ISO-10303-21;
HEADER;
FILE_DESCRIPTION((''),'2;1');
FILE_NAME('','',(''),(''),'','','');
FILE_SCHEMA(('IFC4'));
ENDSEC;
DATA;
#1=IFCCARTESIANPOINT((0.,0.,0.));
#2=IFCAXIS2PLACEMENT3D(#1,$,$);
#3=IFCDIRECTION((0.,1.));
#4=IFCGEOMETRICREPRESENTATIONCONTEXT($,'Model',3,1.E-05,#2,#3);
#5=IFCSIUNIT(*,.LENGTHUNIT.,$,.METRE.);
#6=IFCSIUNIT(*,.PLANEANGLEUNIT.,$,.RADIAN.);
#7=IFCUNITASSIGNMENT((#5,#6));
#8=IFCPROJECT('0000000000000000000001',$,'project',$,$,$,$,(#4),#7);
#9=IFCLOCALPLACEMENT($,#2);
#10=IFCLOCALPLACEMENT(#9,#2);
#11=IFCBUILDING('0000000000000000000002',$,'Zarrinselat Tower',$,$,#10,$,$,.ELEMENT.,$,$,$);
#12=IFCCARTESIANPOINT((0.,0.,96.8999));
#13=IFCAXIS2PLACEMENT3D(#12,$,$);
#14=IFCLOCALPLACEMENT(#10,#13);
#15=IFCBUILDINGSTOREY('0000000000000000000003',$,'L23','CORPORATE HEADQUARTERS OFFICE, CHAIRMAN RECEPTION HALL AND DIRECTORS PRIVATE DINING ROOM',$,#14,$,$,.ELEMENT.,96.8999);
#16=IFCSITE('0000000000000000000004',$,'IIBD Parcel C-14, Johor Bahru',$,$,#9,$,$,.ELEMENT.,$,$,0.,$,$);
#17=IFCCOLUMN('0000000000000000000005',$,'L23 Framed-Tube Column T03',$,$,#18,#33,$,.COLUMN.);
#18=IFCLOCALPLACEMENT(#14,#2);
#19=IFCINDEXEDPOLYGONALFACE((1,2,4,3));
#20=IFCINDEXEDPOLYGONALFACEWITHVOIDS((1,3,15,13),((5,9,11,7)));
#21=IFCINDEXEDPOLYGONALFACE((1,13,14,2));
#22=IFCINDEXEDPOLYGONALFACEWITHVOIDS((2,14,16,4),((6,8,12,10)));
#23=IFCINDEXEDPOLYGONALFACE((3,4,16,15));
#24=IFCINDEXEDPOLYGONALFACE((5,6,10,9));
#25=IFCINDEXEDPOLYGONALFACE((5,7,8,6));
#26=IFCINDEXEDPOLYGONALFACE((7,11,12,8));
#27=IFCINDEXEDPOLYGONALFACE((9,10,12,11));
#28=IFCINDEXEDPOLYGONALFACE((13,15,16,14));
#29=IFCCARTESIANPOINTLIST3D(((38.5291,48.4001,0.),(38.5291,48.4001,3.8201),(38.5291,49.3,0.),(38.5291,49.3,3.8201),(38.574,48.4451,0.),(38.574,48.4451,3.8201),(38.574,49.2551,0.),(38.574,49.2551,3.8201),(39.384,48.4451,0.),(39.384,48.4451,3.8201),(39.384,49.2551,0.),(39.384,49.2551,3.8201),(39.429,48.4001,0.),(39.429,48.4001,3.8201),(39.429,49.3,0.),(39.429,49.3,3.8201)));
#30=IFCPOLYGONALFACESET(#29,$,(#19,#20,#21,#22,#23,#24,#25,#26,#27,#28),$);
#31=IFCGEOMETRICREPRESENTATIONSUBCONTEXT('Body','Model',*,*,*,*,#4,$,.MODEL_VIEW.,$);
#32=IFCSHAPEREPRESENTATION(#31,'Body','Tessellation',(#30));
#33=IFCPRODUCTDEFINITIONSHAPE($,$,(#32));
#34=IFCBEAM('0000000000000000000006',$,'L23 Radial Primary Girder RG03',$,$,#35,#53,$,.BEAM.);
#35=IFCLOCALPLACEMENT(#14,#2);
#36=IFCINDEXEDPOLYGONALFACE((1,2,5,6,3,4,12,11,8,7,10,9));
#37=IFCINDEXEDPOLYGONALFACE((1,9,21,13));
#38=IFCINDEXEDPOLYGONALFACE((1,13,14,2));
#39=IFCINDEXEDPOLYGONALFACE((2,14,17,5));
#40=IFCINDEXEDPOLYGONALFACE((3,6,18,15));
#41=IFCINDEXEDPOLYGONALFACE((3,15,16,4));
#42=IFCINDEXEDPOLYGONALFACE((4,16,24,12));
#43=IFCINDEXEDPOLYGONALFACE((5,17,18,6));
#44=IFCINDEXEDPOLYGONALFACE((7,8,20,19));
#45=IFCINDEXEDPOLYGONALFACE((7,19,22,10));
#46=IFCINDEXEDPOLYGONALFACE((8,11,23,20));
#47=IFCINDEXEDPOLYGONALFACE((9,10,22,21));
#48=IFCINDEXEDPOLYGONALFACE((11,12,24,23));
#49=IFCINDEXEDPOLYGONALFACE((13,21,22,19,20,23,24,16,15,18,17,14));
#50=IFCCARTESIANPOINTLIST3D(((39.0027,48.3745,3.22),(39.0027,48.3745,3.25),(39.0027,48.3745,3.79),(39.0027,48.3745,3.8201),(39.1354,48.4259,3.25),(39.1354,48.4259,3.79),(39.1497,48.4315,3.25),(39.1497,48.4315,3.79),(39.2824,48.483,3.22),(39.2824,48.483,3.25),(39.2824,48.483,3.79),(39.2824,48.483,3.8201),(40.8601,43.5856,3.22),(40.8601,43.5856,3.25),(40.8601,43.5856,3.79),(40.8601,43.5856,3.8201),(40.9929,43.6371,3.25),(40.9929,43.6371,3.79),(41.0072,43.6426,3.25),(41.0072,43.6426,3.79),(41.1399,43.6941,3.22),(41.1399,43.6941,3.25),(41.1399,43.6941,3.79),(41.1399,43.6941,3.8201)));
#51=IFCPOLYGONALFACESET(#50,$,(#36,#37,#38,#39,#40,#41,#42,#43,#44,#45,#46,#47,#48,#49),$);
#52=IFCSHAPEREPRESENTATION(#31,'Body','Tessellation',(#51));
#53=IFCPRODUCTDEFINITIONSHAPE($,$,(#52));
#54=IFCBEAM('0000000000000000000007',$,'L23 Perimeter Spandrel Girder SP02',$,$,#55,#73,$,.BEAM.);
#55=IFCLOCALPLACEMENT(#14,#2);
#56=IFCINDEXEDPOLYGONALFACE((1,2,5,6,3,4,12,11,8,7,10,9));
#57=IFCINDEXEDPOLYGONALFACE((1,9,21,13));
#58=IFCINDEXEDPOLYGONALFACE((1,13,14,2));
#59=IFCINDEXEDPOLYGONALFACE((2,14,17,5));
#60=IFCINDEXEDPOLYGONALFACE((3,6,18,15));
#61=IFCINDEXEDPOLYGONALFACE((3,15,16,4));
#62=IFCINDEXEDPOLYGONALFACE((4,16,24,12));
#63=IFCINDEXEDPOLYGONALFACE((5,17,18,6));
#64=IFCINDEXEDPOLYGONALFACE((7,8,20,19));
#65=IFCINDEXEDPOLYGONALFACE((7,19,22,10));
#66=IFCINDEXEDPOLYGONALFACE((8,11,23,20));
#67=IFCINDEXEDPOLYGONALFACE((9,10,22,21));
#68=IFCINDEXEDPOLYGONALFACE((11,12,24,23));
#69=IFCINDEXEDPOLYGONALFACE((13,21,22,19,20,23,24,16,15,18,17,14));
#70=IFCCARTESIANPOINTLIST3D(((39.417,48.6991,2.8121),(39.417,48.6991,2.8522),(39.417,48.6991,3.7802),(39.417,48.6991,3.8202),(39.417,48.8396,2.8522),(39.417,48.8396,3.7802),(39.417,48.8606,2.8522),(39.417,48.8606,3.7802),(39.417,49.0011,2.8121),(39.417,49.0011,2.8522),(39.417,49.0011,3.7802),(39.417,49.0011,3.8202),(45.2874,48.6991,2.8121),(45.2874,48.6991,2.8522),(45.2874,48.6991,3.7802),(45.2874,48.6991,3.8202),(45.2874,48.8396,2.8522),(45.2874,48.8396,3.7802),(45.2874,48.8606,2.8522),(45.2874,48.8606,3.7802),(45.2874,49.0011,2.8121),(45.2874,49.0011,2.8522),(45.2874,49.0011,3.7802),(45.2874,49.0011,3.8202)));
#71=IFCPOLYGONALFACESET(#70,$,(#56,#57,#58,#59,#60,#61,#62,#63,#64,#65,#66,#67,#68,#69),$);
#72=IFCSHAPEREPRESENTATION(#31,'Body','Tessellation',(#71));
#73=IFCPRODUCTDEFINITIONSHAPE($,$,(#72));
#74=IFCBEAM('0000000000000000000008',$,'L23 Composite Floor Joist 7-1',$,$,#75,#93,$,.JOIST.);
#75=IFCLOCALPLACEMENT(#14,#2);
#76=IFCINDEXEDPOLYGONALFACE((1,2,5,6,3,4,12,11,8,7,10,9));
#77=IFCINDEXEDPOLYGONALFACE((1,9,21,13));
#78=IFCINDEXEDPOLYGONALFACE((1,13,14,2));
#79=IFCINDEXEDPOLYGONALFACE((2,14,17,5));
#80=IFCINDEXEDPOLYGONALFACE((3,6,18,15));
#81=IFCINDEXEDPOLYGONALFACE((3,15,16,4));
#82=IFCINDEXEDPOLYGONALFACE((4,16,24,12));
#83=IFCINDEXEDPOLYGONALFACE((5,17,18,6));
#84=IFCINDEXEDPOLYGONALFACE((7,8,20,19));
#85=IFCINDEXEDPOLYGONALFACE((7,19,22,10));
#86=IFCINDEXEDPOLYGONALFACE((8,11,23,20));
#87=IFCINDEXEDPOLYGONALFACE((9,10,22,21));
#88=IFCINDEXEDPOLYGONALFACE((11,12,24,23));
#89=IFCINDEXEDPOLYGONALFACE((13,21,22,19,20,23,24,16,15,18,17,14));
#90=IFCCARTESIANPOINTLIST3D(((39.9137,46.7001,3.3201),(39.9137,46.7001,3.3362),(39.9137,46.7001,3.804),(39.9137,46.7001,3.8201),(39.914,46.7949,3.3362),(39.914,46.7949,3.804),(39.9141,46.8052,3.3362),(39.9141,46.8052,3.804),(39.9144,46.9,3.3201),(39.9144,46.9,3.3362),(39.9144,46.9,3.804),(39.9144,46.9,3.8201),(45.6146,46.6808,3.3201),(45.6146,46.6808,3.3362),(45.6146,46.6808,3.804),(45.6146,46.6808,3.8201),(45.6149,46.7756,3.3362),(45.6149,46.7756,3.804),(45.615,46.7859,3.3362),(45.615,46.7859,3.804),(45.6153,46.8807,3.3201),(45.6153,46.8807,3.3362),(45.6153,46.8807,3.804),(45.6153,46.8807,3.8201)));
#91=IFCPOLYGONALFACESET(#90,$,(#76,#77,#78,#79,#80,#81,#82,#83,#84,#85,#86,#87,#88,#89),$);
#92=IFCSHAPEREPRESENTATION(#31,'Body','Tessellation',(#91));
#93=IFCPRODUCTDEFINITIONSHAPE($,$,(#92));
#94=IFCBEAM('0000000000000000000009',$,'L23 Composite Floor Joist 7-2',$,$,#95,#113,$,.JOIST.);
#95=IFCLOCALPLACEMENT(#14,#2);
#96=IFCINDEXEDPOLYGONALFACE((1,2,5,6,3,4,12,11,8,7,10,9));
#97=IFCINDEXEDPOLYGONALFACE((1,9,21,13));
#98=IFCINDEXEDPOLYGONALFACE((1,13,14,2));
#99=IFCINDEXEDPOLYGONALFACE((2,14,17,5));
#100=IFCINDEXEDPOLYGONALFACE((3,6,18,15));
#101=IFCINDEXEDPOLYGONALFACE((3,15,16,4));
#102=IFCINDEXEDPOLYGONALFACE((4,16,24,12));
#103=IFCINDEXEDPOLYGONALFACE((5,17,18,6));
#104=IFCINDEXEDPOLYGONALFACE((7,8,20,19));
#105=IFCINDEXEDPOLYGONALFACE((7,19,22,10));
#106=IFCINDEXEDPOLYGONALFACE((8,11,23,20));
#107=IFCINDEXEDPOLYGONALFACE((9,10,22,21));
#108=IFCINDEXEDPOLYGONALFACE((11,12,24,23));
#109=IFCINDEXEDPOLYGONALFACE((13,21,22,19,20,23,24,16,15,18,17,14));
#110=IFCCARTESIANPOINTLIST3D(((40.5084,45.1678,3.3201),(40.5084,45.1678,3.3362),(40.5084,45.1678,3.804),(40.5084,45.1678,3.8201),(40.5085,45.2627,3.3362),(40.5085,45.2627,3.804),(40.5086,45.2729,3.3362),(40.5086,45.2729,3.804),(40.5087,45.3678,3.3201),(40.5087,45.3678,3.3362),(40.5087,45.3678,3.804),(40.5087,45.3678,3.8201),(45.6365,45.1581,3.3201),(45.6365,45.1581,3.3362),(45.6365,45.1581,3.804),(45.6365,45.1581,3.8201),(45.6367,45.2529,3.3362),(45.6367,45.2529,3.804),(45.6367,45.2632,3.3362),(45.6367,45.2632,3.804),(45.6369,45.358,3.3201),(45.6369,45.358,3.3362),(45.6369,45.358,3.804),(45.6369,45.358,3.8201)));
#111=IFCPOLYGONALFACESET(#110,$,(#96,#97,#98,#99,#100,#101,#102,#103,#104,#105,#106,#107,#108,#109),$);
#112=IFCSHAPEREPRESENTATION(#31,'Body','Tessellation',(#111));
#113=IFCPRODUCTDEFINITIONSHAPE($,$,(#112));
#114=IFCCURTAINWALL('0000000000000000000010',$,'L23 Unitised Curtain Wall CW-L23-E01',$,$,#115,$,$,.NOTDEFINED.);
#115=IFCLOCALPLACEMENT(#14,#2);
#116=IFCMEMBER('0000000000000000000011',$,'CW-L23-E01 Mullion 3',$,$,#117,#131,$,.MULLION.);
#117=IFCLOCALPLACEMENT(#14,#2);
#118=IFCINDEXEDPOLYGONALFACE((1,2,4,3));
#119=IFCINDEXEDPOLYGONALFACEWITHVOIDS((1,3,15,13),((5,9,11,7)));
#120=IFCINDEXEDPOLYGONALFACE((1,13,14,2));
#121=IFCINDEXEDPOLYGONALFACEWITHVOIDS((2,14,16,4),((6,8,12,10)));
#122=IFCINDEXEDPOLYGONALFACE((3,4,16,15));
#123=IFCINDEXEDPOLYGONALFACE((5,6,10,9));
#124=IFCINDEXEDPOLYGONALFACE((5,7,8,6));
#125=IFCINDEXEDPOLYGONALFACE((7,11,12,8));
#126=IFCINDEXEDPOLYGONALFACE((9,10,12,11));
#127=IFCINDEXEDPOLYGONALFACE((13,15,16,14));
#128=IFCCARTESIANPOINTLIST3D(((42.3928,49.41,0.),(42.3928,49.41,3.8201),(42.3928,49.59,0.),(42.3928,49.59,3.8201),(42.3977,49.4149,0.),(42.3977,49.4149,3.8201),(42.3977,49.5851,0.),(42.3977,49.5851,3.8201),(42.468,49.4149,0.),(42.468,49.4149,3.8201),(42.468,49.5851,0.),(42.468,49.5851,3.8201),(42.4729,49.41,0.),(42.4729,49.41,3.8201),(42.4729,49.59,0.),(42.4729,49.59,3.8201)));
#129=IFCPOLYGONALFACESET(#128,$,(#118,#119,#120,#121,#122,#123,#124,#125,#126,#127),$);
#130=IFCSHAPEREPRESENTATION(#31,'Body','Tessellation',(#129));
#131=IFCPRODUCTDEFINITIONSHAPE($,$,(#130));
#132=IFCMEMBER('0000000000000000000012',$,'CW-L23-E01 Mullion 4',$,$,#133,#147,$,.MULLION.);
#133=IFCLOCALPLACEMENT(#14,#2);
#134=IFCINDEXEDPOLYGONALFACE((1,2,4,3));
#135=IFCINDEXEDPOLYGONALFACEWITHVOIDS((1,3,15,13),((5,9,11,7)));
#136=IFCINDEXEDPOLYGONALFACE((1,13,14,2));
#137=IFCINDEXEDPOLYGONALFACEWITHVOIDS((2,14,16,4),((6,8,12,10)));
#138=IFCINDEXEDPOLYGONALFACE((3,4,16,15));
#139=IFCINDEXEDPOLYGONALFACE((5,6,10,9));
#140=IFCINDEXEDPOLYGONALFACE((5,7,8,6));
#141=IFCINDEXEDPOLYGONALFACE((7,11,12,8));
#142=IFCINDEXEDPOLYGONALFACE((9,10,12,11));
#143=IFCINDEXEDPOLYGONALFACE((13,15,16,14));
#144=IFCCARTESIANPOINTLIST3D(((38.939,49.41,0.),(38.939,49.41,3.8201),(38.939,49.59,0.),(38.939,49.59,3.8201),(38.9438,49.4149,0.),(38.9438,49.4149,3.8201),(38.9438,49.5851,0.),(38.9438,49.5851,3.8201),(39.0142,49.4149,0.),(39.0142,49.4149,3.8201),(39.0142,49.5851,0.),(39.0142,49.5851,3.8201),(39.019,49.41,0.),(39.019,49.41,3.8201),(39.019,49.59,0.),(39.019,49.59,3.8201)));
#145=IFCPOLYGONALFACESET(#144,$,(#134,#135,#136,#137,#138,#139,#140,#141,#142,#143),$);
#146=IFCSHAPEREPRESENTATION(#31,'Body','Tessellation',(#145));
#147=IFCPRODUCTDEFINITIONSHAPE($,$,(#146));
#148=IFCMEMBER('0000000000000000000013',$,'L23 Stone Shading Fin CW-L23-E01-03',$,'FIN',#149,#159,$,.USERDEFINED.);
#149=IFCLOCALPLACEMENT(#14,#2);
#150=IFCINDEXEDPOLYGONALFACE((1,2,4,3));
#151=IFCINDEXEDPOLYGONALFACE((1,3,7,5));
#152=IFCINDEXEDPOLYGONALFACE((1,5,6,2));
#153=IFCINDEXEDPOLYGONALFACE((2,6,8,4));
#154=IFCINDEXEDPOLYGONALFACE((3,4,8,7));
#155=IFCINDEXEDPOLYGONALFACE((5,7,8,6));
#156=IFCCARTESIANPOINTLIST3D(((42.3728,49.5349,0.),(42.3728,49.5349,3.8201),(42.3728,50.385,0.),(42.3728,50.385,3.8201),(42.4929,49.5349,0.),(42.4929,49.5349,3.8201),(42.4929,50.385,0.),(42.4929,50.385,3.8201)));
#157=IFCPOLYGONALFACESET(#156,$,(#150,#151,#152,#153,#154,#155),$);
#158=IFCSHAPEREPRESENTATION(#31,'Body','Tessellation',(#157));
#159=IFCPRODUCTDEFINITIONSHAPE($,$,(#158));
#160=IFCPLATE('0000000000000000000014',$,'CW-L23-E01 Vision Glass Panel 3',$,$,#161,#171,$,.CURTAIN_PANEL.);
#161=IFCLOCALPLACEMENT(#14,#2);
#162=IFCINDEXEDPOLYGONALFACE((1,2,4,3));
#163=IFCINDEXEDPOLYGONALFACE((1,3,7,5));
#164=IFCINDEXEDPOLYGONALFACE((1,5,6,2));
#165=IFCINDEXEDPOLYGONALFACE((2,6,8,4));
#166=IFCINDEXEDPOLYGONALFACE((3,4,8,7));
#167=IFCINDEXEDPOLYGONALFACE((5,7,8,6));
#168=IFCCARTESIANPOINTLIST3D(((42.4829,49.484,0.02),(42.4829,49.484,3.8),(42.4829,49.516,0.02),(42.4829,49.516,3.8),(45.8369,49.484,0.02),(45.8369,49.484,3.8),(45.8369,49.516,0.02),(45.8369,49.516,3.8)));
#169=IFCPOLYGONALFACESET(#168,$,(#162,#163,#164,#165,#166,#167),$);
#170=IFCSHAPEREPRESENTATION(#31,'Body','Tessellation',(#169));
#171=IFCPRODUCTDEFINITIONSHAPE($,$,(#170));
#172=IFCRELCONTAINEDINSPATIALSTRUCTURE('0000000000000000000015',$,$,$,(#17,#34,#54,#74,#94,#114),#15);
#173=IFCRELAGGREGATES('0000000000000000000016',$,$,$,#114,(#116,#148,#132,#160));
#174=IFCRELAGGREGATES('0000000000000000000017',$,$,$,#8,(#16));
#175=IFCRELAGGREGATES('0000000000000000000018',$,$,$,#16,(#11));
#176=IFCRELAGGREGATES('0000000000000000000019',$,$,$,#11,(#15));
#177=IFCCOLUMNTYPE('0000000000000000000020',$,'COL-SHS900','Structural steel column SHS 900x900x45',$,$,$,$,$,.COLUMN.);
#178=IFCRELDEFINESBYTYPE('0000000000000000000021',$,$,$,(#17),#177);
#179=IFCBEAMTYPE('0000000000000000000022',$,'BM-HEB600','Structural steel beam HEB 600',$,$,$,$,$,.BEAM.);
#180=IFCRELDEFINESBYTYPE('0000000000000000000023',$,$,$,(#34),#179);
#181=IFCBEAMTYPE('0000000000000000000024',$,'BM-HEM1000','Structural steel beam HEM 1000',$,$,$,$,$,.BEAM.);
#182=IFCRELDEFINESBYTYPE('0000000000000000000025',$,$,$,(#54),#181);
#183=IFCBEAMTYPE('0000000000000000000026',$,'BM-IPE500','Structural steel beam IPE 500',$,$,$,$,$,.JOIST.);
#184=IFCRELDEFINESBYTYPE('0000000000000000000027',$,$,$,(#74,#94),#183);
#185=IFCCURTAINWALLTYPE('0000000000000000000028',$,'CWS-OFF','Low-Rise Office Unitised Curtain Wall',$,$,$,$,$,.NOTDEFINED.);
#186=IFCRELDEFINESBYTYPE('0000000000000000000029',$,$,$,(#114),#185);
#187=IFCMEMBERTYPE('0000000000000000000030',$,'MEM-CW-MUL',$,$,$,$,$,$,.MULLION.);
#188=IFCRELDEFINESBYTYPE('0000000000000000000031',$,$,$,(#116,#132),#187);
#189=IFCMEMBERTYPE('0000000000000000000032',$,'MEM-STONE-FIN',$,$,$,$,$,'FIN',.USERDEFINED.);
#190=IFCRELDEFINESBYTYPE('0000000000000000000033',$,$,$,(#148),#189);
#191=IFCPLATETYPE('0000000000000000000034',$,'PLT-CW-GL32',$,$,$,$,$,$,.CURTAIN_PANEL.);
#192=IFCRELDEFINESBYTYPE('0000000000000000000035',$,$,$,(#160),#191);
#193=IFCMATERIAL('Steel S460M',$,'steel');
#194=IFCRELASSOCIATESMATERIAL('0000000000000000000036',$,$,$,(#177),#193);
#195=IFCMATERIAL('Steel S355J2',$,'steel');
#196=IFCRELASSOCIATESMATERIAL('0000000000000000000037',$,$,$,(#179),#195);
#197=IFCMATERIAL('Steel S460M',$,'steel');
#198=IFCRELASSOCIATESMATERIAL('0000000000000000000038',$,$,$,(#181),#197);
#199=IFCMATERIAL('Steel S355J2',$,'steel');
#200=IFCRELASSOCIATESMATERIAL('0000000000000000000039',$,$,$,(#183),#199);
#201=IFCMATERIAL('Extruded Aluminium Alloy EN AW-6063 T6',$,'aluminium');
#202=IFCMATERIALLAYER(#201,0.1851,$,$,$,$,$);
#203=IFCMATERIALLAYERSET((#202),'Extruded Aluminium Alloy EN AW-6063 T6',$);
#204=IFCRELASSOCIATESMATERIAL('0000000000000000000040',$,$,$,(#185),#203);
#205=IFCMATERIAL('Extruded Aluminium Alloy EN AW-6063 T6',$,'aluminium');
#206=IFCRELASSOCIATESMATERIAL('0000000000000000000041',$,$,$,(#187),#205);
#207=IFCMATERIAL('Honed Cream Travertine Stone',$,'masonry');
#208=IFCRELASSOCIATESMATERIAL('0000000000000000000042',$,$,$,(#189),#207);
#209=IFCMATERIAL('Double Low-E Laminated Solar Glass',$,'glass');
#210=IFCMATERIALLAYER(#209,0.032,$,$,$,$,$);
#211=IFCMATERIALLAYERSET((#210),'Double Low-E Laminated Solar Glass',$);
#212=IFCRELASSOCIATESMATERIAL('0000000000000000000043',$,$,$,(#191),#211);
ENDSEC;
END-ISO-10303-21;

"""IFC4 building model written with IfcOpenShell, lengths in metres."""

from ifc_helpers import new_model, si_unit, direction, frame, origin, origin_2d, place, context, subcontext, project, spatial, rectangle, hollow_rectangle, i_section, extrude, material, layer, layer_set, material_profile, profile_set, type_object, element, aggregate, save


model = new_model("IFC4")

# Units and contexts
model_context = context("Model", 3, precision=1e-05, world=origin(), true_north=direction((0.0, 1.0)))
body_context = subcontext(model_context, "Body", "Model", "MODEL_VIEW")
ifc_project = project(units=[si_unit("LENGTHUNIT", "METRE"), si_unit("PLANEANGLEUNIT", "RADIAN")], contexts=[model_context])

# Site, building, storey
site_placement = place(None, origin())
site = spatial("IfcSite", under=ifc_project, at=site_placement, Name="IIBD Parcel C-14, Johor Bahru", CompositionType="ELEMENT", RefElevation=0.0)
building_placement = place(site_placement, origin())
building = spatial("IfcBuilding", under=site, at=building_placement, Name="Zarrinselat Tower", CompositionType="ELEMENT")
storey_placement = place(building_placement, frame((0.0, 0.0, 96.8999)))
storey = spatial("IfcBuildingStorey", under=building, at=storey_placement, Name="L23", Description="CORPORATE HEADQUARTERS OFFICE, CHAIRMAN RECEPTION HALL AND DIRECTORS PRIVATE DINING ROOM", CompositionType="ELEMENT", Elevation=96.8999)

# Column
ifc_material_1 = material(Name="Steel S460M", Category="steel")
ifc_material_profile_1 = material_profile(ifc_material_1, hollow_rectangle(XDim=0.8999, YDim=0.8999, WallThickness=0.0449, at=origin_2d()), Name="SHS 900x900x45")
ifc_profile_set_1 = profile_set([ifc_material_profile_1], Name="Steel S460M")
column_type = type_object("IfcColumnType", Name="COL-SHS900", Description="Structural steel column SHS 900x900x45", PredefinedType="COLUMN", material=ifc_profile_set_1)
column_placement = place(storey_placement, frame((38.979, 48.8501, 0.0), z_axis=(0.0, 0.0, 1.0), x_axis=(1.0, 0.0, 0.0)))
element("IfcColumn", 1, at=column_placement, inside=storey, type_object=column_type, Name="L23 Framed-Tube Column T03", PredefinedType="COLUMN", context=body_context, shape_type="SweptSolid", body=[
    extrude(hollow_rectangle(XDim=0.8999, YDim=0.8999, WallThickness=0.0449, at=origin_2d()), origin(), (0.0, 0.0, 1.0), 3.8201),
])

# Beams
ifc_material_2 = material(Name="Steel S355J2", Category="steel")
ifc_material_profile_2 = material_profile(ifc_material_2, i_section(OverallWidth=0.3, OverallDepth=0.6001, WebThickness=0.0154, FlangeThickness=0.03, at=origin_2d()), Name="HEB 600")
ifc_profile_set_2 = profile_set([ifc_material_profile_2], Name="Steel S355J2")
beam_type_1 = type_object("IfcBeamType", Name="BM-HEB600", Description="Structural steel beam HEB 600", PredefinedType="BEAM", material=ifc_profile_set_2)
beam_1_placement = place(storey_placement, frame((39.1426, 48.4287, 3.52), z_axis=(0.361618, -0.932326, 0.0), x_axis=(0.932326, 0.361618, 0.0)))
element("IfcBeam", 2, at=beam_1_placement, inside=storey, type_object=beam_type_1, Name="L23 Radial Primary Girder RG03", PredefinedType="BEAM", context=body_context, shape_type="SweptSolid", body=[
    extrude(i_section(OverallWidth=0.3, OverallDepth=0.6001, WebThickness=0.0154, FlangeThickness=0.03, at=origin_2d()), origin(), (0.0, 0.0, 1.0), 5.1365),
])
ifc_material_3 = material(Name="Steel S460M", Category="steel")
ifc_material_profile_3 = material_profile(ifc_material_3, i_section(OverallWidth=0.302, OverallDepth=1.0081, WebThickness=0.021, FlangeThickness=0.04, at=origin_2d()), Name="HEM 1000")
ifc_profile_set_3 = profile_set([ifc_material_profile_3], Name="Steel S460M")
beam_type_2 = type_object("IfcBeamType", Name="BM-HEM1000", Description="Structural steel beam HEM 1000", PredefinedType="BEAM", material=ifc_profile_set_3)
beam_2_placement = place(storey_placement, frame((39.417, 48.8501, 3.3162), z_axis=(1.0, 0.0, 0.0), x_axis=(0.0, 1.0, 0.0)))
element("IfcBeam", 3, at=beam_2_placement, inside=storey, type_object=beam_type_2, Name="L23 Perimeter Spandrel Girder SP02", PredefinedType="BEAM", context=body_context, shape_type="SweptSolid", body=[
    extrude(i_section(OverallWidth=0.302, OverallDepth=1.0081, WebThickness=0.021, FlangeThickness=0.04, at=origin_2d()), origin(), (0.0, 0.0, 1.0), 5.8704),
])
ifc_material_4 = material(Name="Steel S355J2", Category="steel")
ifc_material_profile_4 = material_profile(ifc_material_4, i_section(OverallWidth=0.2, OverallDepth=0.5, WebThickness=0.0103, FlangeThickness=0.0161, at=origin_2d()), Name="IPE 500")
ifc_profile_set_4 = profile_set([ifc_material_profile_4], Name="Steel S355J2")
beam_type_3 = type_object("IfcBeamType", Name="BM-IPE500", Description="Structural steel beam IPE 500", PredefinedType="JOIST", material=ifc_profile_set_4)
beam_3_placement = place(storey_placement, frame((39.9141, 46.8, 3.5701), z_axis=(0.999994, -0.003383, 0.0), x_axis=(0.003383, 0.999994, 0.0)))
element("IfcBeam", 4, at=beam_3_placement, inside=storey, type_object=beam_type_3, Name="L23 Composite Floor Joist 7-1", PredefinedType="JOIST", context=body_context, shape_type="SweptSolid", body=[
    extrude(i_section(OverallWidth=0.2, OverallDepth=0.5, WebThickness=0.0103, FlangeThickness=0.0161, at=origin_2d()), origin(), (0.0, 0.0, 1.0), 5.7009),
])
beam_4_placement = place(storey_placement, frame((40.5085, 45.2678, 3.5701), z_axis=(0.999998, -0.001904, 0.0), x_axis=(0.001904, 0.999998, 0.0)))
element("IfcBeam", 5, at=beam_4_placement, inside=storey, type_object=beam_type_3, Name="L23 Composite Floor Joist 7-2", PredefinedType="JOIST", context=body_context, shape_type="SweptSolid", body=[
    extrude(i_section(OverallWidth=0.2, OverallDepth=0.5, WebThickness=0.0103, FlangeThickness=0.0161, at=origin_2d()), origin(), (0.0, 0.0, 1.0), 5.1282),
])

# Curtain wall, members, plate
ifc_material_5 = material(Name="Extruded Aluminium Alloy EN AW-6063 T6", Category="aluminium")
ifc_layer_1 = layer(ifc_material_5, 0.1851)
ifc_layer_set_1 = layer_set([ifc_layer_1], Name="Extruded Aluminium Alloy EN AW-6063 T6")
curtain_wall_type = type_object("IfcCurtainWallType", Name="CWS-OFF", Description="Low-Rise Office Unitised Curtain Wall", PredefinedType="NOTDEFINED", material=ifc_layer_set_1)
curtain_wall_placement = place(storey_placement, origin())
curtain_wall = element("IfcCurtainWall", 6, at=curtain_wall_placement, inside=storey, type_object=curtain_wall_type, Name="L23 Unitised Curtain Wall CW-L23-E01", PredefinedType="NOTDEFINED")
ifc_material_6 = material(Name="Extruded Aluminium Alloy EN AW-6063 T6", Category="aluminium")
ifc_material_profile_5 = material_profile(ifc_material_6, hollow_rectangle(XDim=0.0801, YDim=0.1799, WallThickness=0.0049, at=origin_2d()), Name="RHS 180x80x5")
ifc_profile_set_5 = profile_set([ifc_material_profile_5], Name="Extruded Aluminium Alloy EN AW-6063 T6")
member_type_1 = type_object("IfcMemberType", Name="MEM-CW-MUL", PredefinedType="MULLION", material=ifc_profile_set_5)
member_1_placement = place(storey_placement, frame((42.4329, 49.5, 0.0), z_axis=(0.0, 0.0, 1.0), x_axis=(-1.0, 0.0, 0.0)))
member_1 = element("IfcMember", 7, at=member_1_placement, type_object=member_type_1, Name="CW-L23-E01 Mullion 3", PredefinedType="MULLION", context=body_context, shape_type="SweptSolid", body=[
    extrude(hollow_rectangle(XDim=0.0801, YDim=0.1799, WallThickness=0.0049, at=origin_2d()), origin(), (0.0, 0.0, 1.0), 3.8201),
])
member_2_placement = place(storey_placement, frame((38.979, 49.5, 0.0), z_axis=(0.0, 0.0, 1.0), x_axis=(-1.0, 0.0, 0.0)))
member_2 = element("IfcMember", 8, at=member_2_placement, type_object=member_type_1, Name="CW-L23-E01 Mullion 4", PredefinedType="MULLION", context=body_context, shape_type="SweptSolid", body=[
    extrude(hollow_rectangle(XDim=0.0801, YDim=0.1799, WallThickness=0.0049, at=origin_2d()), origin(), (0.0, 0.0, 1.0), 3.8201),
])
ifc_material_7 = material(Name="Honed Cream Travertine Stone", Category="masonry")
ifc_material_profile_6 = material_profile(ifc_material_7, rectangle(XDim=0.1201, YDim=0.8501, at=origin_2d()), Name="FIN 850x120")
ifc_profile_set_6 = profile_set([ifc_material_profile_6], Name="Honed Cream Travertine Stone")
member_type_2 = type_object("IfcMemberType", Name="MEM-STONE-FIN", ElementType="FIN", PredefinedType="USERDEFINED", material=ifc_profile_set_6)
member_3_placement = place(storey_placement, frame((42.4329, 49.96, 0.0), z_axis=(0.0, 0.0, 1.0), x_axis=(1.0, 0.0, 0.0)))
member_3 = element("IfcMember", 9, at=member_3_placement, type_object=member_type_2, Name="L23 Stone Shading Fin CW-L23-E01-03", ObjectType="FIN", PredefinedType="USERDEFINED", context=body_context, shape_type="SweptSolid", body=[
    extrude(rectangle(XDim=0.1201, YDim=0.8501, at=origin_2d()), origin(), (0.0, 0.0, 1.0), 3.8201),
])
ifc_material_8 = material(Name="Double Low-E Laminated Solar Glass", Category="glass")
ifc_layer_2 = layer(ifc_material_8, 0.032)
ifc_layer_set_2 = layer_set([ifc_layer_2], Name="Double Low-E Laminated Solar Glass")
plate_type = type_object("IfcPlateType", Name="PLT-CW-GL32", PredefinedType="CURTAIN_PANEL", material=ifc_layer_set_2)
plate_1_placement = place(storey_placement, frame((44.1599, 49.5, 0.02), z_axis=(0.0, 0.0, 1.0), x_axis=(-1.0, 0.0, 0.0)))
plate_1 = element("IfcPlate", 10, at=plate_1_placement, type_object=plate_type, Name="CW-L23-E01 Vision Glass Panel 3", PredefinedType="CURTAIN_PANEL", context=body_context, shape_type="SweptSolid", body=[
    extrude(rectangle(XDim=3.354, YDim=0.032, at=origin_2d()), origin(), (0.0, 0.0, 1.0), 3.78),
])
aggregate(curtain_wall, [member_1, member_3, member_2, plate_1])

save(model, "model.ifc")
